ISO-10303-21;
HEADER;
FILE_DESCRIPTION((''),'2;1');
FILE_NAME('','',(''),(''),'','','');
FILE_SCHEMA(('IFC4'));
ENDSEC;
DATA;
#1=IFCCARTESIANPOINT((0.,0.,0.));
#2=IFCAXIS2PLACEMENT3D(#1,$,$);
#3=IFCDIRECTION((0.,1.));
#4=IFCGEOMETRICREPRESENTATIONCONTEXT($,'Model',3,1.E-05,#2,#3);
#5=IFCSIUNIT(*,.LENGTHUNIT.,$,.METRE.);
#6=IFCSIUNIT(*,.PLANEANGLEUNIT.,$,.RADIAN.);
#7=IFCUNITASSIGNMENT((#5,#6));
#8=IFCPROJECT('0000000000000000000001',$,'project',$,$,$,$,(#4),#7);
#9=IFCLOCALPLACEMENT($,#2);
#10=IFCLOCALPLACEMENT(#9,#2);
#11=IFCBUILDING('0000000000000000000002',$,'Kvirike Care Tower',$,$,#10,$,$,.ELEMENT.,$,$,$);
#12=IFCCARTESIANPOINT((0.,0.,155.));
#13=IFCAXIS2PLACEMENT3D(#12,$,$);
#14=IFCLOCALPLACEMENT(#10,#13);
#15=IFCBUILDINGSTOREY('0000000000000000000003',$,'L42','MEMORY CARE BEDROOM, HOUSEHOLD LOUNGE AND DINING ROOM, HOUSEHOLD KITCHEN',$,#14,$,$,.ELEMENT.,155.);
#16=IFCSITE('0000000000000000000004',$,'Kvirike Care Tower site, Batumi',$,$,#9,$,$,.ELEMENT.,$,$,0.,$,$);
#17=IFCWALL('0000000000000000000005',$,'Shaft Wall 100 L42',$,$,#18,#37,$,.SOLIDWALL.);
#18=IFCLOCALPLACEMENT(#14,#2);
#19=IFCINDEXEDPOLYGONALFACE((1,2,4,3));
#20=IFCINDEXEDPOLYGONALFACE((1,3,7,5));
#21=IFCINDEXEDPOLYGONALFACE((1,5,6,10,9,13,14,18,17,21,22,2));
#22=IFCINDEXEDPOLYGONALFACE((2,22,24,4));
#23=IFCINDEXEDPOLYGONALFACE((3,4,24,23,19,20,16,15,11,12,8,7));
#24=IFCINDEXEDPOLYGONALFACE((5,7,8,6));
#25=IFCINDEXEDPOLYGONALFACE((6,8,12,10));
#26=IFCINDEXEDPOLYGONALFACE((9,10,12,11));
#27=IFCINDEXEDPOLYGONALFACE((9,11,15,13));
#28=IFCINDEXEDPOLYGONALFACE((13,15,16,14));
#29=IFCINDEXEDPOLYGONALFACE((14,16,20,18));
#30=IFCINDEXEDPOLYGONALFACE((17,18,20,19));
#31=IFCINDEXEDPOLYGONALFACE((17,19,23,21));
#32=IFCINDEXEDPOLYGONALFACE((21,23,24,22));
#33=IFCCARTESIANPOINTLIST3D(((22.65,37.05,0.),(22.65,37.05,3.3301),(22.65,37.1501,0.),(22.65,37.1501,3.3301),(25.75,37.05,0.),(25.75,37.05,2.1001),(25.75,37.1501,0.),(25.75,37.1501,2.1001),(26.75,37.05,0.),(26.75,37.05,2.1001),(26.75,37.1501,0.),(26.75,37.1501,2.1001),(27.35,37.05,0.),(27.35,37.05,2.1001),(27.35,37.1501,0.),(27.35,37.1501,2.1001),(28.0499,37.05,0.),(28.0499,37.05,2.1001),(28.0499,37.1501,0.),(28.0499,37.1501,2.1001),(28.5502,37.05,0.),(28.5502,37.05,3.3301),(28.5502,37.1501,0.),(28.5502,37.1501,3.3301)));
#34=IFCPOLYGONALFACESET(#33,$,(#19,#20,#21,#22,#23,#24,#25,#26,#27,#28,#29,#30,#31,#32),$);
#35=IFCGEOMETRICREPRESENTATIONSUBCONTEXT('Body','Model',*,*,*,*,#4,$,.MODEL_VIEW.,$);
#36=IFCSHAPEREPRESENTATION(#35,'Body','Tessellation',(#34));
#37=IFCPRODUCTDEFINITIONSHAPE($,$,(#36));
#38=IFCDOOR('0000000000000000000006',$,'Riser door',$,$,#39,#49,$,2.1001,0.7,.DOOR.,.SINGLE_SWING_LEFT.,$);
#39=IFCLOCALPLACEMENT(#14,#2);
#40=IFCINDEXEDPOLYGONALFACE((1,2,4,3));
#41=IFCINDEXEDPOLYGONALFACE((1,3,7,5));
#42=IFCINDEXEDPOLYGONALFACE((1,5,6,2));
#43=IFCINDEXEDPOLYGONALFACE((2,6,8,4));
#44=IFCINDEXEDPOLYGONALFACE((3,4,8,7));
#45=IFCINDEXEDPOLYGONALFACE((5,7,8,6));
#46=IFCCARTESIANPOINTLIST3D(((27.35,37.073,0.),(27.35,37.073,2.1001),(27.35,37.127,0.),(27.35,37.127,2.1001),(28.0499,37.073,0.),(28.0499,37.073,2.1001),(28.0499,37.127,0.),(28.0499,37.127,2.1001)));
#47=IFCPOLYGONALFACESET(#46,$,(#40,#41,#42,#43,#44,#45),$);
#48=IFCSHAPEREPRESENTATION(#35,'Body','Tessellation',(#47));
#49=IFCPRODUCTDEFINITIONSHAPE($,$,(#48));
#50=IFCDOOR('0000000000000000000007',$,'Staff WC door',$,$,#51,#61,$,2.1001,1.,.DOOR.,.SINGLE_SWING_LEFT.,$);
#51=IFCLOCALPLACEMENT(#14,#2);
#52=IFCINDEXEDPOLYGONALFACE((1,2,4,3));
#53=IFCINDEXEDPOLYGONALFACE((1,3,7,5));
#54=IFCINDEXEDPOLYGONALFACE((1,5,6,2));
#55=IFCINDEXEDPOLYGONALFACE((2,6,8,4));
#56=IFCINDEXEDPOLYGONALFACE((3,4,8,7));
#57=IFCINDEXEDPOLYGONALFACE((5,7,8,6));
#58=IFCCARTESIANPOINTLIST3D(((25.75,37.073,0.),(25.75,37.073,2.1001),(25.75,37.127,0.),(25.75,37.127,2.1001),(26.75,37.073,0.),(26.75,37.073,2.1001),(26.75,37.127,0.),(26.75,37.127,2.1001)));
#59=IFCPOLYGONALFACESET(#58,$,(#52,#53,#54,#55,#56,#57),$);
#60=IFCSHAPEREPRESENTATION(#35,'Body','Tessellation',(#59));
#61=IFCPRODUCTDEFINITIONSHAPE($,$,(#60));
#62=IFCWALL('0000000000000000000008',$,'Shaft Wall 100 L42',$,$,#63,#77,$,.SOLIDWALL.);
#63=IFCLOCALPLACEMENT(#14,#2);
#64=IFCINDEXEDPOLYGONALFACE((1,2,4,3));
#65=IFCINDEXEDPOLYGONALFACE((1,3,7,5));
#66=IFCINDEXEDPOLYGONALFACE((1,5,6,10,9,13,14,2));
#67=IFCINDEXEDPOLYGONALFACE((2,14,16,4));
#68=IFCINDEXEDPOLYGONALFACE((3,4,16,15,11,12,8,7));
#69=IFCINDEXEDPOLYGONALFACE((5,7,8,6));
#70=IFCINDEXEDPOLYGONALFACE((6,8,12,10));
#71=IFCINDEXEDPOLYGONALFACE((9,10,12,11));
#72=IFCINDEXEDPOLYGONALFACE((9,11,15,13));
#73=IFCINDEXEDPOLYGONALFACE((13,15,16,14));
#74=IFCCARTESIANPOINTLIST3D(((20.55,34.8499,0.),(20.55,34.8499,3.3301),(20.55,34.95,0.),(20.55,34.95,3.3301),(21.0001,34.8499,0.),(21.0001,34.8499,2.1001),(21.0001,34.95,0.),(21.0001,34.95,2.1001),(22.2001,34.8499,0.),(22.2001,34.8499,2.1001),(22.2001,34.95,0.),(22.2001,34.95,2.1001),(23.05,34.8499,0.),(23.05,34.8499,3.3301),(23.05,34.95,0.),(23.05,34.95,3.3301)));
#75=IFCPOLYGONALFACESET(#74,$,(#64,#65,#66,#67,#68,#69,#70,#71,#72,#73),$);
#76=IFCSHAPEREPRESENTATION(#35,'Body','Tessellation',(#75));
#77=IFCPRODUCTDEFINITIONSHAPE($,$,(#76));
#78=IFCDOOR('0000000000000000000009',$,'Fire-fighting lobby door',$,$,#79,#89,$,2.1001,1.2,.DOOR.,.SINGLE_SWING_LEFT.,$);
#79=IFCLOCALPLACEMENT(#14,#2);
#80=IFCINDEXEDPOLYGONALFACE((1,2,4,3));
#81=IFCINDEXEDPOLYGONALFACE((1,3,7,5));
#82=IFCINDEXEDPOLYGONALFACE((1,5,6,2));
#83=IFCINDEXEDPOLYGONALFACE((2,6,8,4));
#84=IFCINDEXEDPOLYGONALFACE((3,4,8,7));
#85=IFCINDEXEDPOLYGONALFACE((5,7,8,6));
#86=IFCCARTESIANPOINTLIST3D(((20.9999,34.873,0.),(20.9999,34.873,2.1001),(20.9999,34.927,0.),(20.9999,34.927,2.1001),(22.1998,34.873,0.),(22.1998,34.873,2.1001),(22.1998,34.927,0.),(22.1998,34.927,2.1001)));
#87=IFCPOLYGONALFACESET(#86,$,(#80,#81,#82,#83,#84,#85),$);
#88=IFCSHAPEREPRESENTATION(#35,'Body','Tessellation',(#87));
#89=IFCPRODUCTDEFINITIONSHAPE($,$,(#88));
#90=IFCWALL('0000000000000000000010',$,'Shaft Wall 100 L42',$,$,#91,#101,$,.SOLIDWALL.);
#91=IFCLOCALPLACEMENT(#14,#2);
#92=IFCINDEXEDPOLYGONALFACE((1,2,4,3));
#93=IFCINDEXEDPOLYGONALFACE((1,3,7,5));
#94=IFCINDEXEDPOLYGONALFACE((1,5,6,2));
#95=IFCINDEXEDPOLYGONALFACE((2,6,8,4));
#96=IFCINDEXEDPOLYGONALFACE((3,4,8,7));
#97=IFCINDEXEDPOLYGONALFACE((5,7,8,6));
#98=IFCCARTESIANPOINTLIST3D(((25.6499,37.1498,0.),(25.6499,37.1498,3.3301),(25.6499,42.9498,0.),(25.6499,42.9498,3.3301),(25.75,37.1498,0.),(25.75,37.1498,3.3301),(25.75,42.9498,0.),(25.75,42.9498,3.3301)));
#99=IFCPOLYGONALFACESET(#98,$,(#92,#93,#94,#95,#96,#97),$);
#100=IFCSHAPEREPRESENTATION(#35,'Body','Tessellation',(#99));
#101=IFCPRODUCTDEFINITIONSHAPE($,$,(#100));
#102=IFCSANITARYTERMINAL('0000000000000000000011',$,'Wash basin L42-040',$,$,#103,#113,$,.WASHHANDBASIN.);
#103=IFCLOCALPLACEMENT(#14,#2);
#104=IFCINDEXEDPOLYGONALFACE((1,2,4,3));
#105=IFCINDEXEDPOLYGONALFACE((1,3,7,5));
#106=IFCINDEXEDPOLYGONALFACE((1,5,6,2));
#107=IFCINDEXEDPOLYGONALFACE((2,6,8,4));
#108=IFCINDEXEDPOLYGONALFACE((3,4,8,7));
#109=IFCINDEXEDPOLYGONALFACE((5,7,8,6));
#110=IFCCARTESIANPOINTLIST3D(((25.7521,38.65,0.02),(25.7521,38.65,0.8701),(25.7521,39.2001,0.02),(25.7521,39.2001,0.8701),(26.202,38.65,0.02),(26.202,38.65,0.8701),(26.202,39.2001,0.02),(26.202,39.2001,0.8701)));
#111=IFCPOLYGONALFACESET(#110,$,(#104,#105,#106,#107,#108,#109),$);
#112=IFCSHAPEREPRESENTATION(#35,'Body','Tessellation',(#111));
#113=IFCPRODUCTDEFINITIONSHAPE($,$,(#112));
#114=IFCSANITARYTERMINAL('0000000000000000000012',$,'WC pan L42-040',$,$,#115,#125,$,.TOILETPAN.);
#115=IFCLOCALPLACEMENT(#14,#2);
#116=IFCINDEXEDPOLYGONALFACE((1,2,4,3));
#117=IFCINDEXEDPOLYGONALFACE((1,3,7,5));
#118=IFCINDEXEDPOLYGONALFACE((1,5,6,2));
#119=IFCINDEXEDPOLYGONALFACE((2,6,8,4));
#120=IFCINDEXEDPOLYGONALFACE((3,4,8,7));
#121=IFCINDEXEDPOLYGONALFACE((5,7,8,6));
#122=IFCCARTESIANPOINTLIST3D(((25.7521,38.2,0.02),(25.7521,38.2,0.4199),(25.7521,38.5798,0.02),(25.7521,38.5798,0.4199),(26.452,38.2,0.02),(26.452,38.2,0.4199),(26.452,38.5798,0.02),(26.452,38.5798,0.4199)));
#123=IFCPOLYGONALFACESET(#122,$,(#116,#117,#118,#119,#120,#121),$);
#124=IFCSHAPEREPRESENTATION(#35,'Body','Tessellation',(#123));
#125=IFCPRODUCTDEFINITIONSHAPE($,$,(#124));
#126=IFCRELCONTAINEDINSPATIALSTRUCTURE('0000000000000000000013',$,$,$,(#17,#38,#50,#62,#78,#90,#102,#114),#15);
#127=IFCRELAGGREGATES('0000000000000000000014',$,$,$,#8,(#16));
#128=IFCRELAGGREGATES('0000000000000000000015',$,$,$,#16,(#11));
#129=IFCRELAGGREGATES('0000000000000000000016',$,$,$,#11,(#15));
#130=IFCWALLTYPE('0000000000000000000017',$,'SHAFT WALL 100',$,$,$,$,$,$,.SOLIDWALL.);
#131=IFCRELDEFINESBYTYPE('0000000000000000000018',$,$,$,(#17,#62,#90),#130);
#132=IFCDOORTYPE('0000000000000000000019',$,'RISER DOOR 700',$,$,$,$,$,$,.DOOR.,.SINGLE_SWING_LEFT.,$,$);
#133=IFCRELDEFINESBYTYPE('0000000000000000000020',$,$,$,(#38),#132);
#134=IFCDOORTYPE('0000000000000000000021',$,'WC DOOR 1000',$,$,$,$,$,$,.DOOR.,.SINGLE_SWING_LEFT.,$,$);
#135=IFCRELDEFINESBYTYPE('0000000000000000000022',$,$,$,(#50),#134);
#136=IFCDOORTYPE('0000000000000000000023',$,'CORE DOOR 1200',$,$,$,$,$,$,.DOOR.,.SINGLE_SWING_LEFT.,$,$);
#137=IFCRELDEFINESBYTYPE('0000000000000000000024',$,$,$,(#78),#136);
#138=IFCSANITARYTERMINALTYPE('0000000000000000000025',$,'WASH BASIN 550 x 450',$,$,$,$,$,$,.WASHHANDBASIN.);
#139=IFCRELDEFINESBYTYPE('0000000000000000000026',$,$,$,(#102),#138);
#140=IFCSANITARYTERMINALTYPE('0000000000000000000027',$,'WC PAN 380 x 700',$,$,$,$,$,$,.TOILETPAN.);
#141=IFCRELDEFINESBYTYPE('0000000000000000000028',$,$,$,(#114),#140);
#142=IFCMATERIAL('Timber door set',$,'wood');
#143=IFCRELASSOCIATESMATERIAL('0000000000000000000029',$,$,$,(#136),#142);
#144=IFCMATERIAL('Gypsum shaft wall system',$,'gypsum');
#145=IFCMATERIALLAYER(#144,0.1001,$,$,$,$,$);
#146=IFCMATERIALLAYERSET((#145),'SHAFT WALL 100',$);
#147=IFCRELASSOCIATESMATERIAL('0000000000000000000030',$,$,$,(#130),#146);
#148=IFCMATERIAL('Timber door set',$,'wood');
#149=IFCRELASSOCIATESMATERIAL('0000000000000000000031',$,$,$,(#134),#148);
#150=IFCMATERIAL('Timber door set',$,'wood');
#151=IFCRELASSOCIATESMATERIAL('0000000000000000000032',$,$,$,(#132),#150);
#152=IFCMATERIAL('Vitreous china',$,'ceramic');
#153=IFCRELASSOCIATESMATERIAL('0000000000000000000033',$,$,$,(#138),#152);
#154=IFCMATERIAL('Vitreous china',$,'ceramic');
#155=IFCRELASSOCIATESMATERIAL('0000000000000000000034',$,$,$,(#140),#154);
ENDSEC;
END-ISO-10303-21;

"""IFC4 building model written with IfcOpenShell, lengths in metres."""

from ifc_helpers import new_model, si_unit, direction, frame, frame_2d, origin, origin_2d, place, context, subcontext, project, spatial, rectangle, extrude, material, layer, layer_set, type_object, element, fill, save


model = new_model("IFC4")

# Units and contexts
model_context = context("Model", 3, precision=1e-05, world=origin(), true_north=direction((0.0, 1.0)))
body_context = subcontext(model_context, "Body", "Model", "MODEL_VIEW")
ifc_project = project(units=[si_unit("LENGTHUNIT", "METRE"), si_unit("PLANEANGLEUNIT", "RADIAN")], contexts=[model_context])

# Site, building, storey
site_placement = place(None, origin())
site = spatial("IfcSite", under=ifc_project, at=site_placement, Name="Kvirike Care Tower site, Batumi", CompositionType="ELEMENT", RefElevation=0.0)
building_placement = place(site_placement, origin())
building = spatial("IfcBuilding", under=site, at=building_placement, Name="Kvirike Care Tower", CompositionType="ELEMENT")
storey_placement = place(building_placement, frame((0.0, 0.0, 155.0)))
storey = spatial("IfcBuildingStorey", under=building, at=storey_placement, Name="L42", Description="MEMORY CARE BEDROOM, HOUSEHOLD LOUNGE AND DINING ROOM, HOUSEHOLD KITCHEN", CompositionType="ELEMENT", Elevation=155.0)

# Shared definitions
ifc_material_1 = material(Name="Timber door set", Category="wood")
door_type_1 = type_object("IfcDoorType", Name="CORE DOOR 1200", OperationType="SINGLE_SWING_LEFT", PredefinedType="DOOR", material=ifc_material_1)

# Shared definitions
ifc_material_2 = material(Name="Gypsum shaft wall system", Category="gypsum")
ifc_layer_1 = layer(ifc_material_2, 0.1001)
ifc_layer_set_1 = layer_set([ifc_layer_1], Name="SHAFT WALL 100")
wall_type_1 = type_object("IfcWallType", Name="SHAFT WALL 100", PredefinedType="SOLIDWALL", material=ifc_layer_set_1)

# Shared definitions
ifc_material_3 = material(Name="Timber door set", Category="wood")
door_type_2 = type_object("IfcDoorType", Name="WC DOOR 1000", OperationType="SINGLE_SWING_LEFT", PredefinedType="DOOR", material=ifc_material_3)

# Wall, openings, doors
wall_1_placement = place(storey_placement, frame((22.6499, 37.1001, 0.0), z_axis=(0.0, 0.0, 1.0), x_axis=(1.0, 0.0, 0.0)))
wall_1 = element("IfcWall", 1, at=wall_1_placement, inside=storey, type_object=wall_type_1, Name="Shaft Wall 100 L42", PredefinedType="SOLIDWALL", context=body_context, shape_type="SweptSolid", body=[
    extrude(rectangle(XDim=5.9001, YDim=0.1001, at=frame_2d((2.9502, 0.0))), origin(), (0.0, 0.0, 1.0), 3.3301),
])
opening_1_placement = place(wall_1_placement, frame((3.1001, 0.0, 0.0)))
opening_1 = element("IfcOpeningElement", 2, at=opening_1_placement, cuts=wall_1, PredefinedType="OPENING", context=body_context, shape_type="SweptSolid", body=[
    extrude(rectangle(XDim=1.0, YDim=2.1001, at=frame_2d((0.5, 1.05))), frame((0.0, 0.0605, 0.0), z_axis=(0.0, -1.0, 0.0), x_axis=(1.0, 0.0, 0.0)), (0.0, 0.0, 1.0), 0.1211),
])
opening_2_placement = place(wall_1_placement, frame((4.7, 0.0, 0.0)))
opening_2 = element("IfcOpeningElement", 3, at=opening_2_placement, cuts=wall_1, PredefinedType="OPENING", context=body_context, shape_type="SweptSolid", body=[
    extrude(rectangle(XDim=0.7, YDim=2.1001, at=frame_2d((0.3501, 1.05))), frame((0.0, 0.0605, 0.0), z_axis=(0.0, -1.0, 0.0), x_axis=(1.0, 0.0, 0.0)), (0.0, 0.0, 1.0), 0.1211),
])
ifc_material_4 = material(Name="Timber door set", Category="wood")
door_type_3 = type_object("IfcDoorType", Name="RISER DOOR 700", OperationType="SINGLE_SWING_LEFT", PredefinedType="DOOR", material=ifc_material_4)
door_1_placement = place(opening_2_placement, origin())
door_1 = element("IfcDoor", 4, at=door_1_placement, inside=storey, type_object=door_type_3, Name="Riser door", OperationType="SINGLE_SWING_LEFT", OverallHeight=2.1001, OverallWidth=0.7, PredefinedType="DOOR", context=body_context, shape_type="SweptSolid", body=[
    extrude(rectangle(XDim=0.7, YDim=2.1001, at=frame_2d((0.3501, 1.05))), frame((0.0, 0.0269, 0.0), z_axis=(0.0, -1.0, 0.0), x_axis=(1.0, 0.0, 0.0)), (0.0, 0.0, 1.0), 0.054),
])
fill(opening_2, door_1)
door_2_placement = place(opening_1_placement, origin())
door_2 = element("IfcDoor", 5, at=door_2_placement, inside=storey, type_object=door_type_2, Name="Staff WC door", OperationType="SINGLE_SWING_LEFT", OverallHeight=2.1001, OverallWidth=1.0, PredefinedType="DOOR", context=body_context, shape_type="SweptSolid", body=[
    extrude(rectangle(XDim=1.0, YDim=2.1001, at=frame_2d((0.5, 1.05))), frame((0.0, 0.0269, 0.0), z_axis=(0.0, -1.0, 0.0), x_axis=(1.0, 0.0, 0.0)), (0.0, 0.0, 1.0), 0.054),
])
fill(opening_1, door_2)

# Wall, opening, door
wall_2_placement = place(storey_placement, frame((20.55, 34.8999, 0.0), z_axis=(0.0, 0.0, 1.0), x_axis=(1.0, 0.0, 0.0)))
wall_2 = element("IfcWall", 6, at=wall_2_placement, inside=storey, type_object=wall_type_1, Name="Shaft Wall 100 L42", PredefinedType="SOLIDWALL", context=body_context, shape_type="SweptSolid", body=[
    extrude(rectangle(XDim=2.5, YDim=0.1001, at=frame_2d((1.25, 0.0))), origin(), (0.0, 0.0, 1.0), 3.3301),
])
opening_3_placement = place(wall_2_placement, frame((0.45, 0.0, 0.0)))
opening_3 = element("IfcOpeningElement", 7, at=opening_3_placement, cuts=wall_2, PredefinedType="OPENING", context=body_context, shape_type="SweptSolid", body=[
    extrude(rectangle(XDim=1.2, YDim=2.1001, at=frame_2d((0.6001, 1.05))), frame((0.0, 0.0605, 0.0), z_axis=(0.0, -1.0, 0.0), x_axis=(1.0, 0.0, 0.0)), (0.0, 0.0, 1.0), 0.1211),
])
door_3_placement = place(opening_3_placement, frame((1.2, 0.0, 0.0), z_axis=(0.0, 0.0, 1.0), x_axis=(-1.0, 0.0, 0.0)))
door_3 = element("IfcDoor", 8, at=door_3_placement, inside=storey, type_object=door_type_1, Name="Fire-fighting lobby door", OperationType="SINGLE_SWING_LEFT", OverallHeight=2.1001, OverallWidth=1.2, PredefinedType="DOOR", context=body_context, shape_type="SweptSolid", body=[
    extrude(rectangle(XDim=1.2, YDim=2.1001, at=frame_2d((0.6001, 1.05))), frame((0.0, 0.0269, 0.0), z_axis=(0.0, -1.0, 0.0), x_axis=(1.0, 0.0, 0.0)), (0.0, 0.0, 1.0), 0.054),
])
fill(opening_3, door_3)

# Wall
wall_3_placement = place(storey_placement, frame((25.7, 37.1499, 0.0), z_axis=(0.0, 0.0, 1.0), x_axis=(0.0, 1.0, 0.0)))
element("IfcWall", 9, at=wall_3_placement, inside=storey, type_object=wall_type_1, Name="Shaft Wall 100 L42", PredefinedType="SOLIDWALL", context=body_context, shape_type="SweptSolid", body=[
    extrude(rectangle(XDim=5.8, YDim=0.1001, at=frame_2d((2.8999, 0.0))), origin(), (0.0, 0.0, 1.0), 3.3301),
])

# Sanitary terminals
ifc_material_5 = material(Name="Vitreous china", Category="ceramic")
sanitary_terminal_type_1 = type_object("IfcSanitaryTerminalType", Name="WASH BASIN 550 x 450", PredefinedType="WASHHANDBASIN", material=ifc_material_5)
sanitary_terminal_1_placement = place(storey_placement, frame((25.9771, 38.925, 0.02), z_axis=(0.0, 0.0, 1.0), x_axis=(0.0, 1.0, 0.0)))
element("IfcSanitaryTerminal", 10, at=sanitary_terminal_1_placement, inside=storey, type_object=sanitary_terminal_type_1, Name="Wash basin L42-040", PredefinedType="WASHHANDBASIN", context=body_context, shape_type="SweptSolid", body=[
    extrude(rectangle(XDim=0.55, YDim=0.45, at=origin_2d()), origin(), (0.0, 0.0, 1.0), 0.8501),
])
ifc_material_6 = material(Name="Vitreous china", Category="ceramic")
sanitary_terminal_type_2 = type_object("IfcSanitaryTerminalType", Name="WC PAN 380 x 700", PredefinedType="TOILETPAN", material=ifc_material_6)
sanitary_terminal_2_placement = place(storey_placement, frame((26.1021, 38.3899, 0.02), z_axis=(0.0, 0.0, 1.0), x_axis=(0.0, 1.0, 0.0)))
element("IfcSanitaryTerminal", 11, at=sanitary_terminal_2_placement, inside=storey, type_object=sanitary_terminal_type_2, Name="WC pan L42-040", PredefinedType="TOILETPAN", context=body_context, shape_type="SweptSolid", body=[
    extrude(rectangle(XDim=0.3799, YDim=0.7, at=origin_2d()), origin(), (0.0, 0.0, 1.0), 0.3999),
])

save(model, "model.ifc")
